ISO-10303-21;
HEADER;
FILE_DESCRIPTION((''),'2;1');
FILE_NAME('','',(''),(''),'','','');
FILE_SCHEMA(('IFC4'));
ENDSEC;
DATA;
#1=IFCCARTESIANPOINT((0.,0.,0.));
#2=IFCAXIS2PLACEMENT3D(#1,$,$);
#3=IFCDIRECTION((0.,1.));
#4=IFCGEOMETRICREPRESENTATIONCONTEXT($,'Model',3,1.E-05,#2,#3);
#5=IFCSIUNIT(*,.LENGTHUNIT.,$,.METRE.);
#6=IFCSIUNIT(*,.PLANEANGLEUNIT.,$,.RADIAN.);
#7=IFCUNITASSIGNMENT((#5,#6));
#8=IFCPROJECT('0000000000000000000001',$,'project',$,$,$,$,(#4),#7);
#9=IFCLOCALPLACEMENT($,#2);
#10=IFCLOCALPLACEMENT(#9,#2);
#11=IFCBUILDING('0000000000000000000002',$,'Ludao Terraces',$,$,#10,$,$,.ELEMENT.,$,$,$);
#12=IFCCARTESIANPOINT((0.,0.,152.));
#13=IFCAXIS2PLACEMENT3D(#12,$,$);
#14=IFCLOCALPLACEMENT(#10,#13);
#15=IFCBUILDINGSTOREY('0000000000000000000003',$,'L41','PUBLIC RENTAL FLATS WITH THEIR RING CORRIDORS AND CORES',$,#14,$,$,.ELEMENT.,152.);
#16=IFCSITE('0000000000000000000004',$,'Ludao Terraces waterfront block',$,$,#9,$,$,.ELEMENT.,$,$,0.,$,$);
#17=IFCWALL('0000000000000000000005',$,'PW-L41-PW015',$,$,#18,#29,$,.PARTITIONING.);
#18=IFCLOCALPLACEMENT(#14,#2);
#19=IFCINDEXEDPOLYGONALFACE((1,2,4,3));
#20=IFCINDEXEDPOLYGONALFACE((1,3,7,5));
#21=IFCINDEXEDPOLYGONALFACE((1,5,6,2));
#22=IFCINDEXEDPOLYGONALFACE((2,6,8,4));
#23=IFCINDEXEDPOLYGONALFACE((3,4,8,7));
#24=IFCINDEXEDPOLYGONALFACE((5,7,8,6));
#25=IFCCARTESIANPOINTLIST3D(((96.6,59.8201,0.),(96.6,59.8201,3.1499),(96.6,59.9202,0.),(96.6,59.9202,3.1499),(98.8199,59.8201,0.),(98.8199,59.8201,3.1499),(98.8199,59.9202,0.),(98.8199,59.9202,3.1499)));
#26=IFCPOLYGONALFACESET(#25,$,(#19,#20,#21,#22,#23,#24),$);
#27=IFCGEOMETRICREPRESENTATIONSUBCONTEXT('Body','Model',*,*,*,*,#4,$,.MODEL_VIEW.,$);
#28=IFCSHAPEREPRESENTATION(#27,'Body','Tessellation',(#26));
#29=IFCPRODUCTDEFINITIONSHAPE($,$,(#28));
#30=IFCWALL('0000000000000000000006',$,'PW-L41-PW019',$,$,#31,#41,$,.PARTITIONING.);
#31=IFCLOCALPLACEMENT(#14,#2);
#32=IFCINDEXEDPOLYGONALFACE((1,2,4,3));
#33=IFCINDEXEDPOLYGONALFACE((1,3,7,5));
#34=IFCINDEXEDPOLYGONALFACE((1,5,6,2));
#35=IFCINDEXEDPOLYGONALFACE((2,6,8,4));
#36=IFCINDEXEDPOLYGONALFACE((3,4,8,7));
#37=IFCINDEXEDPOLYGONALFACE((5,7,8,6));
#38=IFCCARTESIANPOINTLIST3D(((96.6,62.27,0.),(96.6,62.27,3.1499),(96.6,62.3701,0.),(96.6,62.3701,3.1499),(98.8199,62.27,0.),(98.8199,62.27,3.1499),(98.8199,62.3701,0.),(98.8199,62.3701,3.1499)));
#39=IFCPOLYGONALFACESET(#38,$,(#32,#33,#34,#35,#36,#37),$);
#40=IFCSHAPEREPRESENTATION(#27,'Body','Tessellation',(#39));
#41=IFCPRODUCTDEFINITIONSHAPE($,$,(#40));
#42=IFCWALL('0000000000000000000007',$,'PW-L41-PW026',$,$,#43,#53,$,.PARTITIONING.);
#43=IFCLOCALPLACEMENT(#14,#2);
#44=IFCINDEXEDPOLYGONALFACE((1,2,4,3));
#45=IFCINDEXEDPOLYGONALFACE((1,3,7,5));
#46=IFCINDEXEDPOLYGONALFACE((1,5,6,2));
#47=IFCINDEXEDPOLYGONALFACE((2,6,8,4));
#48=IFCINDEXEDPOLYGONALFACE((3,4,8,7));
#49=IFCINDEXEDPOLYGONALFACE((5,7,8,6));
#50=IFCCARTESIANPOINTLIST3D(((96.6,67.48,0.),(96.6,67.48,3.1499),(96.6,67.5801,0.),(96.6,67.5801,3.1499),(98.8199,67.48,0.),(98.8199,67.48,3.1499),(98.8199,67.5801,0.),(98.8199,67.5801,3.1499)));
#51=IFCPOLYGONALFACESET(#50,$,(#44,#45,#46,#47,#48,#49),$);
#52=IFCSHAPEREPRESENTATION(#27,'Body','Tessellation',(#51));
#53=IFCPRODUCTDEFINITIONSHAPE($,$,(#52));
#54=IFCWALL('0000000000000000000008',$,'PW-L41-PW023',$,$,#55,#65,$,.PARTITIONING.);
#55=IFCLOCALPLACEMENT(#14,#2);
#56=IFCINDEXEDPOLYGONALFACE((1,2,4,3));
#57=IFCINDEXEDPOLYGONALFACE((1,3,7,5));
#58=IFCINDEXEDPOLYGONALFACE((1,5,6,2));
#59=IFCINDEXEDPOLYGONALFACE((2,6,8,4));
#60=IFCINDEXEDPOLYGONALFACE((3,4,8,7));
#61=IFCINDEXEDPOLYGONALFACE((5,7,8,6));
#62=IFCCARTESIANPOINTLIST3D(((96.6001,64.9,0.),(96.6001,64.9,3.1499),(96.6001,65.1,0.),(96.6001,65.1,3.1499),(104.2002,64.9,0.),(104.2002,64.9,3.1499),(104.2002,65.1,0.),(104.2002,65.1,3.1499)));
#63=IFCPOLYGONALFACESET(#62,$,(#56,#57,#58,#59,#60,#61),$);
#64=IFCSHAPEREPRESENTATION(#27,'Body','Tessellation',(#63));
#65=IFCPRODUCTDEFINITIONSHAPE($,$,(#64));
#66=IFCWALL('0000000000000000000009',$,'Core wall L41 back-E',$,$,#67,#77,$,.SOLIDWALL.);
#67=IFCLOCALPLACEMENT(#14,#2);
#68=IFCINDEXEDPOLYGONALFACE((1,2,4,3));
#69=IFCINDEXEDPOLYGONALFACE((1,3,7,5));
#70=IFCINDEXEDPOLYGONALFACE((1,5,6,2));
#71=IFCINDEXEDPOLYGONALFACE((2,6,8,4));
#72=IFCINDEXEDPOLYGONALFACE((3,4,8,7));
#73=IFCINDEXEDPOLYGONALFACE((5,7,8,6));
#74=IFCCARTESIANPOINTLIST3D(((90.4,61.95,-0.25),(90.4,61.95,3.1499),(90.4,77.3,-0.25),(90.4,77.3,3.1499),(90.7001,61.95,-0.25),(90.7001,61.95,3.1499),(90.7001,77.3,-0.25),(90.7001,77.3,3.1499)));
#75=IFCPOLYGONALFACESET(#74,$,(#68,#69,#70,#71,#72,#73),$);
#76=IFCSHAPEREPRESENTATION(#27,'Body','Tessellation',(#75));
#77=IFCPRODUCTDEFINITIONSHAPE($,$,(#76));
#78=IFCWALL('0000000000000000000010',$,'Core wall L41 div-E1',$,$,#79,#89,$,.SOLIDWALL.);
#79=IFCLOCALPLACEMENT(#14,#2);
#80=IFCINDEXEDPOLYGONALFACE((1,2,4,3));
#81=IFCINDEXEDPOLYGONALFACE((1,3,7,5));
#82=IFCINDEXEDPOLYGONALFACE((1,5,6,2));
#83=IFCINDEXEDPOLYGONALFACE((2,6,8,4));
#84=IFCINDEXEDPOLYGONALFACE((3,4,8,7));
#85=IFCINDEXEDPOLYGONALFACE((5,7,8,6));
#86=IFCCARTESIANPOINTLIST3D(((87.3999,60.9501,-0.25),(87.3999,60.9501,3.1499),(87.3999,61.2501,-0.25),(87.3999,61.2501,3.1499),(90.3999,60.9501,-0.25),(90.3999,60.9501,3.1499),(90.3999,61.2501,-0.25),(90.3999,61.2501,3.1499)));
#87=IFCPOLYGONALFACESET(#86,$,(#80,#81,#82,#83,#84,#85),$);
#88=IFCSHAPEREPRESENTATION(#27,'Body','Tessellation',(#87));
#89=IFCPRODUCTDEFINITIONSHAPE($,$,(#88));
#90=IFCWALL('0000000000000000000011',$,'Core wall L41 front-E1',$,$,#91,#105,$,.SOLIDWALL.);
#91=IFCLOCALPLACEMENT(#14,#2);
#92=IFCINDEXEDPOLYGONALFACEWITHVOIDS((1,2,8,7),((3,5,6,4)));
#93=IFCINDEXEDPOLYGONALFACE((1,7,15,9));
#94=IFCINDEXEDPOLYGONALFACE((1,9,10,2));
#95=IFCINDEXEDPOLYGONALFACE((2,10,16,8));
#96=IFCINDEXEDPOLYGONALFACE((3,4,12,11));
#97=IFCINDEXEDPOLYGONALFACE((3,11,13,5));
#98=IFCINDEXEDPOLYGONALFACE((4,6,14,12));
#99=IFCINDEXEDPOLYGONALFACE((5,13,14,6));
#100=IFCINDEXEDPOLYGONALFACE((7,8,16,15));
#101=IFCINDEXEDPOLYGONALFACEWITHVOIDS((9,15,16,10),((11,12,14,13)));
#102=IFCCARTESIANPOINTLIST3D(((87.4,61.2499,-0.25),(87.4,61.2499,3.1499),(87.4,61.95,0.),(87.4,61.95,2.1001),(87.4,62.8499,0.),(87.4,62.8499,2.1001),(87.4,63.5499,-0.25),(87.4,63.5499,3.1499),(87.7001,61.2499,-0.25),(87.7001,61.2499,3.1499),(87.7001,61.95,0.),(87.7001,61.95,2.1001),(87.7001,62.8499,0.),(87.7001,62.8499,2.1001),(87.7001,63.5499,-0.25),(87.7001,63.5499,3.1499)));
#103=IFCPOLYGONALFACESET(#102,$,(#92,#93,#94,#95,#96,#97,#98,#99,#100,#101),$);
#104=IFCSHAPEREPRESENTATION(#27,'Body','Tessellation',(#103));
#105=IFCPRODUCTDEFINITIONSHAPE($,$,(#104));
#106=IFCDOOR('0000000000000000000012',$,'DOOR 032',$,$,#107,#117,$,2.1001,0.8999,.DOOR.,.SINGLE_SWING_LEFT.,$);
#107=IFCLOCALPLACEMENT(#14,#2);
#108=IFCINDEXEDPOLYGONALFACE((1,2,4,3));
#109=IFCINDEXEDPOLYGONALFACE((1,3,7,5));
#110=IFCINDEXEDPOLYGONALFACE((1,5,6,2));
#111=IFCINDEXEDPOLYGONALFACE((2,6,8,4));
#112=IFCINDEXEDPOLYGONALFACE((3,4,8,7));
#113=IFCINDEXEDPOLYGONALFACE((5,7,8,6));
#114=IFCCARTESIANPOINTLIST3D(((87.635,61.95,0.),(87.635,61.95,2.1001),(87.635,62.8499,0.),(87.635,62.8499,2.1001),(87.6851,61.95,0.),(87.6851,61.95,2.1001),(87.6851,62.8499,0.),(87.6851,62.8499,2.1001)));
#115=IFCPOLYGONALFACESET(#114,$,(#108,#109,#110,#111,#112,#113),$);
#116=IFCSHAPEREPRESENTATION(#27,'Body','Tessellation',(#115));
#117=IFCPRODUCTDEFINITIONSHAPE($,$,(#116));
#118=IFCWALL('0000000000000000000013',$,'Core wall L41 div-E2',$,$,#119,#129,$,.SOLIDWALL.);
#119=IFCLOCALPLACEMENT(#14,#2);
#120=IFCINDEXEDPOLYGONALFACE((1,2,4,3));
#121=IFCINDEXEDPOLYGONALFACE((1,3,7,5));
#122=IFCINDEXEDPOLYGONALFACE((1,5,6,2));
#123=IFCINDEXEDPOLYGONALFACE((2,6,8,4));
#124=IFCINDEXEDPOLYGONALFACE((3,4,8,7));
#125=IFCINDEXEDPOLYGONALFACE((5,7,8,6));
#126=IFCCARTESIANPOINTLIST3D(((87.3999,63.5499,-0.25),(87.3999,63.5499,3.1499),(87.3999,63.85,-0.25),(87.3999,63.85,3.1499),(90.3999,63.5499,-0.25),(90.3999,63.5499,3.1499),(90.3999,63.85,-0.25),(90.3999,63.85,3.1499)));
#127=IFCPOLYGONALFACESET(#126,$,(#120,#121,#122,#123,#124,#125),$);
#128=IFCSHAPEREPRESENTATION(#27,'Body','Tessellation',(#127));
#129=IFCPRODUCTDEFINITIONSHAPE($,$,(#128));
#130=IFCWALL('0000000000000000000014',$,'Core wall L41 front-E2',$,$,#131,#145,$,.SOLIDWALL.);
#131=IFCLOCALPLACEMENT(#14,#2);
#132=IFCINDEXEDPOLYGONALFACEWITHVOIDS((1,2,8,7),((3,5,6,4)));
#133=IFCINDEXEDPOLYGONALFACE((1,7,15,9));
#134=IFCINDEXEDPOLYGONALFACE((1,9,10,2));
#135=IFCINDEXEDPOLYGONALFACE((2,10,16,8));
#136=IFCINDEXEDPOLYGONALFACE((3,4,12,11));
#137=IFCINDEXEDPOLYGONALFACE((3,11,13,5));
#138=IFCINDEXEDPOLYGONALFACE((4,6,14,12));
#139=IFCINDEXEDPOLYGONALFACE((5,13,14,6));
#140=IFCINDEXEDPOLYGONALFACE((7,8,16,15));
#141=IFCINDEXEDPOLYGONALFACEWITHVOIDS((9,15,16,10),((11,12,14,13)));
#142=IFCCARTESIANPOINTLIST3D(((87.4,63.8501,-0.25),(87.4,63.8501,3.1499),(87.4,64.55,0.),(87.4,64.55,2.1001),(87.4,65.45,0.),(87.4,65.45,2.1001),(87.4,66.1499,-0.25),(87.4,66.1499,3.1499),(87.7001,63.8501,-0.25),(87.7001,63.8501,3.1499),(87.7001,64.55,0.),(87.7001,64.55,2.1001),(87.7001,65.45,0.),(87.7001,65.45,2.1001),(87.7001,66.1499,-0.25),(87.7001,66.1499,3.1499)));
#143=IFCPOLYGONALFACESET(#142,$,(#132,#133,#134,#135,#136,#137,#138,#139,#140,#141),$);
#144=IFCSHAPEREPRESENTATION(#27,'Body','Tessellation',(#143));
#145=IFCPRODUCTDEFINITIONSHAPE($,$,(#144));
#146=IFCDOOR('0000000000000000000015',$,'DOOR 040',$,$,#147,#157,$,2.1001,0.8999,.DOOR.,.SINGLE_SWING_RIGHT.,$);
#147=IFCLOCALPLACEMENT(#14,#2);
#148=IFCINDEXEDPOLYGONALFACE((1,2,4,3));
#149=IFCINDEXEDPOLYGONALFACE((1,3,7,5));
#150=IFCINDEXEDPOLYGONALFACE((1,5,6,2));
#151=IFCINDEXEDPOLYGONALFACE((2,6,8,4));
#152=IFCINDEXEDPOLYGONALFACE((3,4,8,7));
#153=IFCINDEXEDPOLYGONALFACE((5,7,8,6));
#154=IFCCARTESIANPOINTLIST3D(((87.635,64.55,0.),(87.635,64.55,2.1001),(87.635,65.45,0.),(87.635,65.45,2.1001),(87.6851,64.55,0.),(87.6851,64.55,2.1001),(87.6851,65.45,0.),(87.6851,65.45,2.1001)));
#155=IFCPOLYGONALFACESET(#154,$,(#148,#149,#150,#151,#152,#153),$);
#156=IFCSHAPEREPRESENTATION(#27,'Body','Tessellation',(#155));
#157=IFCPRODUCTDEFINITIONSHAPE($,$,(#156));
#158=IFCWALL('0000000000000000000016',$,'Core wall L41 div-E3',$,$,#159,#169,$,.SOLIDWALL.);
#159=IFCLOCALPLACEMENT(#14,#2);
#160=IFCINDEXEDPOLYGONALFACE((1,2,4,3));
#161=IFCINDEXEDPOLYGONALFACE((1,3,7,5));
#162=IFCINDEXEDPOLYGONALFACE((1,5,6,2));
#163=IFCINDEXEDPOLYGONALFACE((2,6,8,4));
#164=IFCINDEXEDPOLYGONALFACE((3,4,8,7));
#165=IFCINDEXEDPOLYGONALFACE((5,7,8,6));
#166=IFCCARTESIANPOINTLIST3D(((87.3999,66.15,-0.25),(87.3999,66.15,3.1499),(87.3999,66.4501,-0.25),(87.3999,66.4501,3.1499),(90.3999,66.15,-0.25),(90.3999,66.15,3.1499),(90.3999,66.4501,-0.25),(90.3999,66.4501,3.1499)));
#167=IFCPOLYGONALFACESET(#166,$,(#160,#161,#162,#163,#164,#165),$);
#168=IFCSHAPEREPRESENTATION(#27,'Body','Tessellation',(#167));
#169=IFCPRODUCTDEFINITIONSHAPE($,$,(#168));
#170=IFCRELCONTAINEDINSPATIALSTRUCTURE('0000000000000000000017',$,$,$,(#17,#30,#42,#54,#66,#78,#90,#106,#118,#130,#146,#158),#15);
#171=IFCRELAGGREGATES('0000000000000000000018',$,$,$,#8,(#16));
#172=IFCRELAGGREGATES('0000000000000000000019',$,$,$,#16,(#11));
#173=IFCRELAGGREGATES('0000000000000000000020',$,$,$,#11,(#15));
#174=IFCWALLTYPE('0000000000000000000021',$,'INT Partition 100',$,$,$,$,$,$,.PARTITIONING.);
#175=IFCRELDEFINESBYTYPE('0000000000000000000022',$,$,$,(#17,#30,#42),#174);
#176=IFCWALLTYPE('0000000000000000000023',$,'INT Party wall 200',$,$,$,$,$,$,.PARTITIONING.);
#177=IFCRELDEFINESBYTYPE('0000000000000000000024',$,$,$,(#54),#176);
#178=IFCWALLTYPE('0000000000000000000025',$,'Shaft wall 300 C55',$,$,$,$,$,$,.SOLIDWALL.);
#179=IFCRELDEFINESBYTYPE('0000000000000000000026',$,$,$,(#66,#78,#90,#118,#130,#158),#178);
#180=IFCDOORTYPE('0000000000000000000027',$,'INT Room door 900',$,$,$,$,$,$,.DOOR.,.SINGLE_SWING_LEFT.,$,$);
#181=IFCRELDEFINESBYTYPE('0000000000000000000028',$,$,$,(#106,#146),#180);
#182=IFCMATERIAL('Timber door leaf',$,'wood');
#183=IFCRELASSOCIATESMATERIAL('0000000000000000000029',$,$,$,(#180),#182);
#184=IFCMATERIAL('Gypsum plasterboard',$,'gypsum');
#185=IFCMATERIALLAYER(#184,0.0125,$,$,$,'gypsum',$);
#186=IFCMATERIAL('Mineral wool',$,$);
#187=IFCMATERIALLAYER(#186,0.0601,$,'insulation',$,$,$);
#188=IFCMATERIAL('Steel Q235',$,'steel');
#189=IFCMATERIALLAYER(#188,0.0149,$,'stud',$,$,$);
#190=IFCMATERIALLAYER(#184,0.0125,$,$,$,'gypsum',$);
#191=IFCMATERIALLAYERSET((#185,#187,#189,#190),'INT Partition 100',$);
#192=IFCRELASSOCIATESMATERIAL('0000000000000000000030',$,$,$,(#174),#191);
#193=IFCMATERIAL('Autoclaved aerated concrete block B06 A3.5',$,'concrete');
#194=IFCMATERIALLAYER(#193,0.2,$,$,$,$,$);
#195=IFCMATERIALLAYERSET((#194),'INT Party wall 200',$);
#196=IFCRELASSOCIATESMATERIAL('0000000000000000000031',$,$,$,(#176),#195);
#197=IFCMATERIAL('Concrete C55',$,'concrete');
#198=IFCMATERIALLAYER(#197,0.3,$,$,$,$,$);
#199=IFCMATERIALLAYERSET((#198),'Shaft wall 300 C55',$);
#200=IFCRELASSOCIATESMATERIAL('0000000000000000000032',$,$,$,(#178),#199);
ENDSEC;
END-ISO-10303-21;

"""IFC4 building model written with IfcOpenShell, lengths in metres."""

from ifc_helpers import new_model, si_unit, direction, frame, frame_2d, origin, place, context, subcontext, project, spatial, rectangle, extrude, material, layer, layer_set, type_object, element, fill, save


model = new_model("IFC4")

# Units and contexts
model_context = context("Model", 3, precision=1e-05, world=origin(), true_north=direction((0.0, 1.0)))
body_context = subcontext(model_context, "Body", "Model", "MODEL_VIEW")
ifc_project = project(units=[si_unit("LENGTHUNIT", "METRE"), si_unit("PLANEANGLEUNIT", "RADIAN")], contexts=[model_context])

# Site, building, storey
site_placement = place(None, origin())
site = spatial("IfcSite", under=ifc_project, at=site_placement, Name="Ludao Terraces waterfront block", CompositionType="ELEMENT", RefElevation=0.0)
building_placement = place(site_placement, origin())
building = spatial("IfcBuilding", under=site, at=building_placement, Name="Ludao Terraces", CompositionType="ELEMENT")
storey_placement = place(building_placement, frame((0.0, 0.0, 152.0)))
storey = spatial("IfcBuildingStorey", under=building, at=storey_placement, Name="L41", Description="PUBLIC RENTAL FLATS WITH THEIR RING CORRIDORS AND CORES", CompositionType="ELEMENT", Elevation=152.0)

# Shared definitions
ifc_material_1 = material(Name="Steel Q235", Category="steel")
ifc_material_2 = material(Name="Timber door leaf", Category="wood")
door_type_1 = type_object("IfcDoorType", Name="INT Room door 900", OperationType="SINGLE_SWING_LEFT", PredefinedType="DOOR", material=ifc_material_2)

# Shared definitions
ifc_material_3 = material(Name="Mineral wool")

# Walls
ifc_material_4 = material(Name="Gypsum plasterboard", Category="gypsum")
ifc_layer_1 = layer(ifc_material_4, 0.0125, Category="gypsum")
ifc_layer_2 = layer(ifc_material_3, 0.0601, Name="insulation")
ifc_layer_3 = layer(ifc_material_1, 0.0149, Name="stud")
ifc_layer_4 = layer(ifc_material_4, 0.0125, Category="gypsum")
ifc_layer_set_1 = layer_set([ifc_layer_1, ifc_layer_2, ifc_layer_3, ifc_layer_4], Name="INT Partition 100")
wall_type_1 = type_object("IfcWallType", Name="INT Partition 100", PredefinedType="PARTITIONING", material=ifc_layer_set_1)
for number, where, z_axis, x_axis, name in (
    (1, (96.6001, 59.8701, 0.0), (0.0, 0.0, 1.0), (1.0, 0.0, 0.0), "PW-L41-PW015"),
    (2, (96.6001, 62.3201, 0.0), (0.0, 0.0, 1.0), (1.0, 0.0, 0.0), "PW-L41-PW019"),
    (3, (96.6001, 67.53, 0.0), (0.0, 0.0, 1.0), (1.0, 0.0, 0.0), "PW-L41-PW026"),
):
    element("IfcWall", number, at=place(storey_placement, frame(where, z_axis=z_axis, x_axis=x_axis)), inside=storey, type_object=wall_type_1, Name=name, PredefinedType="PARTITIONING", context=body_context, shape_type="SweptSolid", body=[
        extrude(rectangle(XDim=2.22, YDim=0.1001, at=frame_2d((1.1099, 0.0))), origin(), (0.0, 0.0, 1.0), 3.1499),
    ])
ifc_material_5 = material(Name="Autoclaved aerated concrete block B06 A3.5", Category="concrete")
ifc_layer_5 = layer(ifc_material_5, 0.2)
ifc_layer_set_2 = layer_set([ifc_layer_5], Name="INT Party wall 200")
wall_type_2 = type_object("IfcWallType", Name="INT Party wall 200", PredefinedType="PARTITIONING", material=ifc_layer_set_2)
wall_1_placement = place(storey_placement, frame((96.6001, 65.0, 0.0), z_axis=(0.0, 0.0, 1.0), x_axis=(1.0, 0.0, 0.0)))
element("IfcWall", 4, at=wall_1_placement, inside=storey, type_object=wall_type_2, Name="PW-L41-PW023", PredefinedType="PARTITIONING", context=body_context, shape_type="SweptSolid", body=[
    extrude(rectangle(XDim=7.6001, YDim=0.2, at=frame_2d((3.8, 0.0))), origin(), (0.0, 0.0, 1.0), 3.1499),
])
ifc_material_6 = material(Name="Concrete C55", Category="concrete")
ifc_layer_6 = layer(ifc_material_6, 0.3)
ifc_layer_set_3 = layer_set([ifc_layer_6], Name="Shaft wall 300 C55")
wall_type_3 = type_object("IfcWallType", Name="Shaft wall 300 C55", PredefinedType="SOLIDWALL", material=ifc_layer_set_3)
wall_2_placement = place(storey_placement, frame((90.55, 61.95, -0.25), z_axis=(0.0, 0.0, 1.0), x_axis=(0.0, 1.0, 0.0)))
element("IfcWall", 5, at=wall_2_placement, inside=storey, type_object=wall_type_3, Name="Core wall L41 back-E", PredefinedType="SOLIDWALL", context=body_context, shape_type="SweptSolid", body=[
    extrude(rectangle(XDim=15.3501, YDim=0.3, at=frame_2d((7.675, 0.0))), origin(), (0.0, 0.0, 1.0), 3.3999),
])
wall_3_placement = place(storey_placement, frame((87.3999, 61.1001, -0.25), z_axis=(0.0, 0.0, 1.0), x_axis=(1.0, 0.0, 0.0)))
element("IfcWall", 6, at=wall_3_placement, inside=storey, type_object=wall_type_3, Name="Core wall L41 div-E1", PredefinedType="SOLIDWALL", context=body_context, shape_type="SweptSolid", body=[
    extrude(rectangle(XDim=3.0, YDim=0.3, at=frame_2d((1.5, 0.0))), origin(), (0.0, 0.0, 1.0), 3.3999),
])

# Wall, opening, door
wall_4_placement = place(storey_placement, frame((87.55, 61.25, -0.25), z_axis=(0.0, 0.0, 1.0), x_axis=(0.0, 1.0, 0.0)))
wall_4 = element("IfcWall", 7, at=wall_4_placement, inside=storey, type_object=wall_type_3, Name="Core wall L41 front-E1", PredefinedType="SOLIDWALL", context=body_context, shape_type="SweptSolid", body=[
    extrude(rectangle(XDim=2.3, YDim=0.3, at=frame_2d((1.1499, 0.0))), origin(), (0.0, 0.0, 1.0), 3.3999),
])
opening_1_placement = place(wall_4_placement, frame((0.7, 0.0, 0.25)))
opening_1 = element("IfcOpeningElement", 8, at=opening_1_placement, cuts=wall_4, PredefinedType="OPENING", context=body_context, shape_type="SweptSolid", body=[
    extrude(rectangle(XDim=0.8999, YDim=2.1001, at=frame_2d((0.45, 1.05))), frame((0.0, 0.1602, 0.0), z_axis=(0.0, -1.0, 0.0), x_axis=(1.0, 0.0, 0.0)), (0.0, 0.0, 1.0), 0.3201),
])
door_1_placement = place(opening_1_placement, origin())
door_1 = element("IfcDoor", 9, at=door_1_placement, inside=storey, type_object=door_type_1, Name="DOOR 032", OperationType="SINGLE_SWING_LEFT", OverallHeight=2.1001, OverallWidth=0.8999, PredefinedType="DOOR", context=body_context, shape_type="SweptSolid", body=[
    extrude(rectangle(XDim=0.8999, YDim=2.1001, at=frame_2d((0.45, 1.05))), frame((0.0, -0.085, 0.0), z_axis=(0.0, -1.0, 0.0), x_axis=(1.0, 0.0, 0.0)), (0.0, 0.0, 1.0), 0.05),
])
fill(opening_1, door_1)

# Wall
wall_5_placement = place(storey_placement, frame((87.3999, 63.7, -0.25), z_axis=(0.0, 0.0, 1.0), x_axis=(1.0, 0.0, 0.0)))
element("IfcWall", 10, at=wall_5_placement, inside=storey, type_object=wall_type_3, Name="Core wall L41 div-E2", PredefinedType="SOLIDWALL", context=body_context, shape_type="SweptSolid", body=[
    extrude(rectangle(XDim=3.0, YDim=0.3, at=frame_2d((1.5, 0.0))), origin(), (0.0, 0.0, 1.0), 3.3999),
])

# Wall, opening, door
wall_6_placement = place(storey_placement, frame((87.55, 63.8501, -0.25), z_axis=(0.0, 0.0, 1.0), x_axis=(0.0, 1.0, 0.0)))
wall_6 = element("IfcWall", 11, at=wall_6_placement, inside=storey, type_object=wall_type_3, Name="Core wall L41 front-E2", PredefinedType="SOLIDWALL", context=body_context, shape_type="SweptSolid", body=[
    extrude(rectangle(XDim=2.2998, YDim=0.3, at=frame_2d((1.1499, 0.0))), origin(), (0.0, 0.0, 1.0), 3.3999),
])
opening_2_placement = place(wall_6_placement, frame((0.7, 0.0, 0.25)))
opening_2 = element("IfcOpeningElement", 12, at=opening_2_placement, cuts=wall_6, PredefinedType="OPENING", context=body_context, shape_type="SweptSolid", body=[
    extrude(rectangle(XDim=0.8999, YDim=2.1001, at=frame_2d((0.45, 1.05))), frame((0.0, 0.1602, 0.0), z_axis=(0.0, -1.0, 0.0), x_axis=(1.0, 0.0, 0.0)), (0.0, 0.0, 1.0), 0.3201),
])
door_2_placement = place(opening_2_placement, origin())
door_2 = element("IfcDoor", 13, at=door_2_placement, inside=storey, type_object=door_type_1, Name="DOOR 040", OperationType="SINGLE_SWING_RIGHT", OverallHeight=2.1001, OverallWidth=0.8999, PredefinedType="DOOR", context=body_context, shape_type="SweptSolid", body=[
    extrude(rectangle(XDim=0.8999, YDim=2.1001, at=frame_2d((0.45, 1.05))), frame((0.0, -0.085, 0.0), z_axis=(0.0, -1.0, 0.0), x_axis=(1.0, 0.0, 0.0)), (0.0, 0.0, 1.0), 0.05),
])
fill(opening_2, door_2)

# Wall
wall_7_placement = place(storey_placement, frame((87.3999, 66.3, -0.25), z_axis=(0.0, 0.0, 1.0), x_axis=(1.0, 0.0, 0.0)))
element("IfcWall", 14, at=wall_7_placement, inside=storey, type_object=wall_type_3, Name="Core wall L41 div-E3", PredefinedType="SOLIDWALL", context=body_context, shape_type="SweptSolid", body=[
    extrude(rectangle(XDim=3.0, YDim=0.3, at=frame_2d((1.5, 0.0))), origin(), (0.0, 0.0, 1.0), 3.3999),
])

save(model, "model.ifc")
